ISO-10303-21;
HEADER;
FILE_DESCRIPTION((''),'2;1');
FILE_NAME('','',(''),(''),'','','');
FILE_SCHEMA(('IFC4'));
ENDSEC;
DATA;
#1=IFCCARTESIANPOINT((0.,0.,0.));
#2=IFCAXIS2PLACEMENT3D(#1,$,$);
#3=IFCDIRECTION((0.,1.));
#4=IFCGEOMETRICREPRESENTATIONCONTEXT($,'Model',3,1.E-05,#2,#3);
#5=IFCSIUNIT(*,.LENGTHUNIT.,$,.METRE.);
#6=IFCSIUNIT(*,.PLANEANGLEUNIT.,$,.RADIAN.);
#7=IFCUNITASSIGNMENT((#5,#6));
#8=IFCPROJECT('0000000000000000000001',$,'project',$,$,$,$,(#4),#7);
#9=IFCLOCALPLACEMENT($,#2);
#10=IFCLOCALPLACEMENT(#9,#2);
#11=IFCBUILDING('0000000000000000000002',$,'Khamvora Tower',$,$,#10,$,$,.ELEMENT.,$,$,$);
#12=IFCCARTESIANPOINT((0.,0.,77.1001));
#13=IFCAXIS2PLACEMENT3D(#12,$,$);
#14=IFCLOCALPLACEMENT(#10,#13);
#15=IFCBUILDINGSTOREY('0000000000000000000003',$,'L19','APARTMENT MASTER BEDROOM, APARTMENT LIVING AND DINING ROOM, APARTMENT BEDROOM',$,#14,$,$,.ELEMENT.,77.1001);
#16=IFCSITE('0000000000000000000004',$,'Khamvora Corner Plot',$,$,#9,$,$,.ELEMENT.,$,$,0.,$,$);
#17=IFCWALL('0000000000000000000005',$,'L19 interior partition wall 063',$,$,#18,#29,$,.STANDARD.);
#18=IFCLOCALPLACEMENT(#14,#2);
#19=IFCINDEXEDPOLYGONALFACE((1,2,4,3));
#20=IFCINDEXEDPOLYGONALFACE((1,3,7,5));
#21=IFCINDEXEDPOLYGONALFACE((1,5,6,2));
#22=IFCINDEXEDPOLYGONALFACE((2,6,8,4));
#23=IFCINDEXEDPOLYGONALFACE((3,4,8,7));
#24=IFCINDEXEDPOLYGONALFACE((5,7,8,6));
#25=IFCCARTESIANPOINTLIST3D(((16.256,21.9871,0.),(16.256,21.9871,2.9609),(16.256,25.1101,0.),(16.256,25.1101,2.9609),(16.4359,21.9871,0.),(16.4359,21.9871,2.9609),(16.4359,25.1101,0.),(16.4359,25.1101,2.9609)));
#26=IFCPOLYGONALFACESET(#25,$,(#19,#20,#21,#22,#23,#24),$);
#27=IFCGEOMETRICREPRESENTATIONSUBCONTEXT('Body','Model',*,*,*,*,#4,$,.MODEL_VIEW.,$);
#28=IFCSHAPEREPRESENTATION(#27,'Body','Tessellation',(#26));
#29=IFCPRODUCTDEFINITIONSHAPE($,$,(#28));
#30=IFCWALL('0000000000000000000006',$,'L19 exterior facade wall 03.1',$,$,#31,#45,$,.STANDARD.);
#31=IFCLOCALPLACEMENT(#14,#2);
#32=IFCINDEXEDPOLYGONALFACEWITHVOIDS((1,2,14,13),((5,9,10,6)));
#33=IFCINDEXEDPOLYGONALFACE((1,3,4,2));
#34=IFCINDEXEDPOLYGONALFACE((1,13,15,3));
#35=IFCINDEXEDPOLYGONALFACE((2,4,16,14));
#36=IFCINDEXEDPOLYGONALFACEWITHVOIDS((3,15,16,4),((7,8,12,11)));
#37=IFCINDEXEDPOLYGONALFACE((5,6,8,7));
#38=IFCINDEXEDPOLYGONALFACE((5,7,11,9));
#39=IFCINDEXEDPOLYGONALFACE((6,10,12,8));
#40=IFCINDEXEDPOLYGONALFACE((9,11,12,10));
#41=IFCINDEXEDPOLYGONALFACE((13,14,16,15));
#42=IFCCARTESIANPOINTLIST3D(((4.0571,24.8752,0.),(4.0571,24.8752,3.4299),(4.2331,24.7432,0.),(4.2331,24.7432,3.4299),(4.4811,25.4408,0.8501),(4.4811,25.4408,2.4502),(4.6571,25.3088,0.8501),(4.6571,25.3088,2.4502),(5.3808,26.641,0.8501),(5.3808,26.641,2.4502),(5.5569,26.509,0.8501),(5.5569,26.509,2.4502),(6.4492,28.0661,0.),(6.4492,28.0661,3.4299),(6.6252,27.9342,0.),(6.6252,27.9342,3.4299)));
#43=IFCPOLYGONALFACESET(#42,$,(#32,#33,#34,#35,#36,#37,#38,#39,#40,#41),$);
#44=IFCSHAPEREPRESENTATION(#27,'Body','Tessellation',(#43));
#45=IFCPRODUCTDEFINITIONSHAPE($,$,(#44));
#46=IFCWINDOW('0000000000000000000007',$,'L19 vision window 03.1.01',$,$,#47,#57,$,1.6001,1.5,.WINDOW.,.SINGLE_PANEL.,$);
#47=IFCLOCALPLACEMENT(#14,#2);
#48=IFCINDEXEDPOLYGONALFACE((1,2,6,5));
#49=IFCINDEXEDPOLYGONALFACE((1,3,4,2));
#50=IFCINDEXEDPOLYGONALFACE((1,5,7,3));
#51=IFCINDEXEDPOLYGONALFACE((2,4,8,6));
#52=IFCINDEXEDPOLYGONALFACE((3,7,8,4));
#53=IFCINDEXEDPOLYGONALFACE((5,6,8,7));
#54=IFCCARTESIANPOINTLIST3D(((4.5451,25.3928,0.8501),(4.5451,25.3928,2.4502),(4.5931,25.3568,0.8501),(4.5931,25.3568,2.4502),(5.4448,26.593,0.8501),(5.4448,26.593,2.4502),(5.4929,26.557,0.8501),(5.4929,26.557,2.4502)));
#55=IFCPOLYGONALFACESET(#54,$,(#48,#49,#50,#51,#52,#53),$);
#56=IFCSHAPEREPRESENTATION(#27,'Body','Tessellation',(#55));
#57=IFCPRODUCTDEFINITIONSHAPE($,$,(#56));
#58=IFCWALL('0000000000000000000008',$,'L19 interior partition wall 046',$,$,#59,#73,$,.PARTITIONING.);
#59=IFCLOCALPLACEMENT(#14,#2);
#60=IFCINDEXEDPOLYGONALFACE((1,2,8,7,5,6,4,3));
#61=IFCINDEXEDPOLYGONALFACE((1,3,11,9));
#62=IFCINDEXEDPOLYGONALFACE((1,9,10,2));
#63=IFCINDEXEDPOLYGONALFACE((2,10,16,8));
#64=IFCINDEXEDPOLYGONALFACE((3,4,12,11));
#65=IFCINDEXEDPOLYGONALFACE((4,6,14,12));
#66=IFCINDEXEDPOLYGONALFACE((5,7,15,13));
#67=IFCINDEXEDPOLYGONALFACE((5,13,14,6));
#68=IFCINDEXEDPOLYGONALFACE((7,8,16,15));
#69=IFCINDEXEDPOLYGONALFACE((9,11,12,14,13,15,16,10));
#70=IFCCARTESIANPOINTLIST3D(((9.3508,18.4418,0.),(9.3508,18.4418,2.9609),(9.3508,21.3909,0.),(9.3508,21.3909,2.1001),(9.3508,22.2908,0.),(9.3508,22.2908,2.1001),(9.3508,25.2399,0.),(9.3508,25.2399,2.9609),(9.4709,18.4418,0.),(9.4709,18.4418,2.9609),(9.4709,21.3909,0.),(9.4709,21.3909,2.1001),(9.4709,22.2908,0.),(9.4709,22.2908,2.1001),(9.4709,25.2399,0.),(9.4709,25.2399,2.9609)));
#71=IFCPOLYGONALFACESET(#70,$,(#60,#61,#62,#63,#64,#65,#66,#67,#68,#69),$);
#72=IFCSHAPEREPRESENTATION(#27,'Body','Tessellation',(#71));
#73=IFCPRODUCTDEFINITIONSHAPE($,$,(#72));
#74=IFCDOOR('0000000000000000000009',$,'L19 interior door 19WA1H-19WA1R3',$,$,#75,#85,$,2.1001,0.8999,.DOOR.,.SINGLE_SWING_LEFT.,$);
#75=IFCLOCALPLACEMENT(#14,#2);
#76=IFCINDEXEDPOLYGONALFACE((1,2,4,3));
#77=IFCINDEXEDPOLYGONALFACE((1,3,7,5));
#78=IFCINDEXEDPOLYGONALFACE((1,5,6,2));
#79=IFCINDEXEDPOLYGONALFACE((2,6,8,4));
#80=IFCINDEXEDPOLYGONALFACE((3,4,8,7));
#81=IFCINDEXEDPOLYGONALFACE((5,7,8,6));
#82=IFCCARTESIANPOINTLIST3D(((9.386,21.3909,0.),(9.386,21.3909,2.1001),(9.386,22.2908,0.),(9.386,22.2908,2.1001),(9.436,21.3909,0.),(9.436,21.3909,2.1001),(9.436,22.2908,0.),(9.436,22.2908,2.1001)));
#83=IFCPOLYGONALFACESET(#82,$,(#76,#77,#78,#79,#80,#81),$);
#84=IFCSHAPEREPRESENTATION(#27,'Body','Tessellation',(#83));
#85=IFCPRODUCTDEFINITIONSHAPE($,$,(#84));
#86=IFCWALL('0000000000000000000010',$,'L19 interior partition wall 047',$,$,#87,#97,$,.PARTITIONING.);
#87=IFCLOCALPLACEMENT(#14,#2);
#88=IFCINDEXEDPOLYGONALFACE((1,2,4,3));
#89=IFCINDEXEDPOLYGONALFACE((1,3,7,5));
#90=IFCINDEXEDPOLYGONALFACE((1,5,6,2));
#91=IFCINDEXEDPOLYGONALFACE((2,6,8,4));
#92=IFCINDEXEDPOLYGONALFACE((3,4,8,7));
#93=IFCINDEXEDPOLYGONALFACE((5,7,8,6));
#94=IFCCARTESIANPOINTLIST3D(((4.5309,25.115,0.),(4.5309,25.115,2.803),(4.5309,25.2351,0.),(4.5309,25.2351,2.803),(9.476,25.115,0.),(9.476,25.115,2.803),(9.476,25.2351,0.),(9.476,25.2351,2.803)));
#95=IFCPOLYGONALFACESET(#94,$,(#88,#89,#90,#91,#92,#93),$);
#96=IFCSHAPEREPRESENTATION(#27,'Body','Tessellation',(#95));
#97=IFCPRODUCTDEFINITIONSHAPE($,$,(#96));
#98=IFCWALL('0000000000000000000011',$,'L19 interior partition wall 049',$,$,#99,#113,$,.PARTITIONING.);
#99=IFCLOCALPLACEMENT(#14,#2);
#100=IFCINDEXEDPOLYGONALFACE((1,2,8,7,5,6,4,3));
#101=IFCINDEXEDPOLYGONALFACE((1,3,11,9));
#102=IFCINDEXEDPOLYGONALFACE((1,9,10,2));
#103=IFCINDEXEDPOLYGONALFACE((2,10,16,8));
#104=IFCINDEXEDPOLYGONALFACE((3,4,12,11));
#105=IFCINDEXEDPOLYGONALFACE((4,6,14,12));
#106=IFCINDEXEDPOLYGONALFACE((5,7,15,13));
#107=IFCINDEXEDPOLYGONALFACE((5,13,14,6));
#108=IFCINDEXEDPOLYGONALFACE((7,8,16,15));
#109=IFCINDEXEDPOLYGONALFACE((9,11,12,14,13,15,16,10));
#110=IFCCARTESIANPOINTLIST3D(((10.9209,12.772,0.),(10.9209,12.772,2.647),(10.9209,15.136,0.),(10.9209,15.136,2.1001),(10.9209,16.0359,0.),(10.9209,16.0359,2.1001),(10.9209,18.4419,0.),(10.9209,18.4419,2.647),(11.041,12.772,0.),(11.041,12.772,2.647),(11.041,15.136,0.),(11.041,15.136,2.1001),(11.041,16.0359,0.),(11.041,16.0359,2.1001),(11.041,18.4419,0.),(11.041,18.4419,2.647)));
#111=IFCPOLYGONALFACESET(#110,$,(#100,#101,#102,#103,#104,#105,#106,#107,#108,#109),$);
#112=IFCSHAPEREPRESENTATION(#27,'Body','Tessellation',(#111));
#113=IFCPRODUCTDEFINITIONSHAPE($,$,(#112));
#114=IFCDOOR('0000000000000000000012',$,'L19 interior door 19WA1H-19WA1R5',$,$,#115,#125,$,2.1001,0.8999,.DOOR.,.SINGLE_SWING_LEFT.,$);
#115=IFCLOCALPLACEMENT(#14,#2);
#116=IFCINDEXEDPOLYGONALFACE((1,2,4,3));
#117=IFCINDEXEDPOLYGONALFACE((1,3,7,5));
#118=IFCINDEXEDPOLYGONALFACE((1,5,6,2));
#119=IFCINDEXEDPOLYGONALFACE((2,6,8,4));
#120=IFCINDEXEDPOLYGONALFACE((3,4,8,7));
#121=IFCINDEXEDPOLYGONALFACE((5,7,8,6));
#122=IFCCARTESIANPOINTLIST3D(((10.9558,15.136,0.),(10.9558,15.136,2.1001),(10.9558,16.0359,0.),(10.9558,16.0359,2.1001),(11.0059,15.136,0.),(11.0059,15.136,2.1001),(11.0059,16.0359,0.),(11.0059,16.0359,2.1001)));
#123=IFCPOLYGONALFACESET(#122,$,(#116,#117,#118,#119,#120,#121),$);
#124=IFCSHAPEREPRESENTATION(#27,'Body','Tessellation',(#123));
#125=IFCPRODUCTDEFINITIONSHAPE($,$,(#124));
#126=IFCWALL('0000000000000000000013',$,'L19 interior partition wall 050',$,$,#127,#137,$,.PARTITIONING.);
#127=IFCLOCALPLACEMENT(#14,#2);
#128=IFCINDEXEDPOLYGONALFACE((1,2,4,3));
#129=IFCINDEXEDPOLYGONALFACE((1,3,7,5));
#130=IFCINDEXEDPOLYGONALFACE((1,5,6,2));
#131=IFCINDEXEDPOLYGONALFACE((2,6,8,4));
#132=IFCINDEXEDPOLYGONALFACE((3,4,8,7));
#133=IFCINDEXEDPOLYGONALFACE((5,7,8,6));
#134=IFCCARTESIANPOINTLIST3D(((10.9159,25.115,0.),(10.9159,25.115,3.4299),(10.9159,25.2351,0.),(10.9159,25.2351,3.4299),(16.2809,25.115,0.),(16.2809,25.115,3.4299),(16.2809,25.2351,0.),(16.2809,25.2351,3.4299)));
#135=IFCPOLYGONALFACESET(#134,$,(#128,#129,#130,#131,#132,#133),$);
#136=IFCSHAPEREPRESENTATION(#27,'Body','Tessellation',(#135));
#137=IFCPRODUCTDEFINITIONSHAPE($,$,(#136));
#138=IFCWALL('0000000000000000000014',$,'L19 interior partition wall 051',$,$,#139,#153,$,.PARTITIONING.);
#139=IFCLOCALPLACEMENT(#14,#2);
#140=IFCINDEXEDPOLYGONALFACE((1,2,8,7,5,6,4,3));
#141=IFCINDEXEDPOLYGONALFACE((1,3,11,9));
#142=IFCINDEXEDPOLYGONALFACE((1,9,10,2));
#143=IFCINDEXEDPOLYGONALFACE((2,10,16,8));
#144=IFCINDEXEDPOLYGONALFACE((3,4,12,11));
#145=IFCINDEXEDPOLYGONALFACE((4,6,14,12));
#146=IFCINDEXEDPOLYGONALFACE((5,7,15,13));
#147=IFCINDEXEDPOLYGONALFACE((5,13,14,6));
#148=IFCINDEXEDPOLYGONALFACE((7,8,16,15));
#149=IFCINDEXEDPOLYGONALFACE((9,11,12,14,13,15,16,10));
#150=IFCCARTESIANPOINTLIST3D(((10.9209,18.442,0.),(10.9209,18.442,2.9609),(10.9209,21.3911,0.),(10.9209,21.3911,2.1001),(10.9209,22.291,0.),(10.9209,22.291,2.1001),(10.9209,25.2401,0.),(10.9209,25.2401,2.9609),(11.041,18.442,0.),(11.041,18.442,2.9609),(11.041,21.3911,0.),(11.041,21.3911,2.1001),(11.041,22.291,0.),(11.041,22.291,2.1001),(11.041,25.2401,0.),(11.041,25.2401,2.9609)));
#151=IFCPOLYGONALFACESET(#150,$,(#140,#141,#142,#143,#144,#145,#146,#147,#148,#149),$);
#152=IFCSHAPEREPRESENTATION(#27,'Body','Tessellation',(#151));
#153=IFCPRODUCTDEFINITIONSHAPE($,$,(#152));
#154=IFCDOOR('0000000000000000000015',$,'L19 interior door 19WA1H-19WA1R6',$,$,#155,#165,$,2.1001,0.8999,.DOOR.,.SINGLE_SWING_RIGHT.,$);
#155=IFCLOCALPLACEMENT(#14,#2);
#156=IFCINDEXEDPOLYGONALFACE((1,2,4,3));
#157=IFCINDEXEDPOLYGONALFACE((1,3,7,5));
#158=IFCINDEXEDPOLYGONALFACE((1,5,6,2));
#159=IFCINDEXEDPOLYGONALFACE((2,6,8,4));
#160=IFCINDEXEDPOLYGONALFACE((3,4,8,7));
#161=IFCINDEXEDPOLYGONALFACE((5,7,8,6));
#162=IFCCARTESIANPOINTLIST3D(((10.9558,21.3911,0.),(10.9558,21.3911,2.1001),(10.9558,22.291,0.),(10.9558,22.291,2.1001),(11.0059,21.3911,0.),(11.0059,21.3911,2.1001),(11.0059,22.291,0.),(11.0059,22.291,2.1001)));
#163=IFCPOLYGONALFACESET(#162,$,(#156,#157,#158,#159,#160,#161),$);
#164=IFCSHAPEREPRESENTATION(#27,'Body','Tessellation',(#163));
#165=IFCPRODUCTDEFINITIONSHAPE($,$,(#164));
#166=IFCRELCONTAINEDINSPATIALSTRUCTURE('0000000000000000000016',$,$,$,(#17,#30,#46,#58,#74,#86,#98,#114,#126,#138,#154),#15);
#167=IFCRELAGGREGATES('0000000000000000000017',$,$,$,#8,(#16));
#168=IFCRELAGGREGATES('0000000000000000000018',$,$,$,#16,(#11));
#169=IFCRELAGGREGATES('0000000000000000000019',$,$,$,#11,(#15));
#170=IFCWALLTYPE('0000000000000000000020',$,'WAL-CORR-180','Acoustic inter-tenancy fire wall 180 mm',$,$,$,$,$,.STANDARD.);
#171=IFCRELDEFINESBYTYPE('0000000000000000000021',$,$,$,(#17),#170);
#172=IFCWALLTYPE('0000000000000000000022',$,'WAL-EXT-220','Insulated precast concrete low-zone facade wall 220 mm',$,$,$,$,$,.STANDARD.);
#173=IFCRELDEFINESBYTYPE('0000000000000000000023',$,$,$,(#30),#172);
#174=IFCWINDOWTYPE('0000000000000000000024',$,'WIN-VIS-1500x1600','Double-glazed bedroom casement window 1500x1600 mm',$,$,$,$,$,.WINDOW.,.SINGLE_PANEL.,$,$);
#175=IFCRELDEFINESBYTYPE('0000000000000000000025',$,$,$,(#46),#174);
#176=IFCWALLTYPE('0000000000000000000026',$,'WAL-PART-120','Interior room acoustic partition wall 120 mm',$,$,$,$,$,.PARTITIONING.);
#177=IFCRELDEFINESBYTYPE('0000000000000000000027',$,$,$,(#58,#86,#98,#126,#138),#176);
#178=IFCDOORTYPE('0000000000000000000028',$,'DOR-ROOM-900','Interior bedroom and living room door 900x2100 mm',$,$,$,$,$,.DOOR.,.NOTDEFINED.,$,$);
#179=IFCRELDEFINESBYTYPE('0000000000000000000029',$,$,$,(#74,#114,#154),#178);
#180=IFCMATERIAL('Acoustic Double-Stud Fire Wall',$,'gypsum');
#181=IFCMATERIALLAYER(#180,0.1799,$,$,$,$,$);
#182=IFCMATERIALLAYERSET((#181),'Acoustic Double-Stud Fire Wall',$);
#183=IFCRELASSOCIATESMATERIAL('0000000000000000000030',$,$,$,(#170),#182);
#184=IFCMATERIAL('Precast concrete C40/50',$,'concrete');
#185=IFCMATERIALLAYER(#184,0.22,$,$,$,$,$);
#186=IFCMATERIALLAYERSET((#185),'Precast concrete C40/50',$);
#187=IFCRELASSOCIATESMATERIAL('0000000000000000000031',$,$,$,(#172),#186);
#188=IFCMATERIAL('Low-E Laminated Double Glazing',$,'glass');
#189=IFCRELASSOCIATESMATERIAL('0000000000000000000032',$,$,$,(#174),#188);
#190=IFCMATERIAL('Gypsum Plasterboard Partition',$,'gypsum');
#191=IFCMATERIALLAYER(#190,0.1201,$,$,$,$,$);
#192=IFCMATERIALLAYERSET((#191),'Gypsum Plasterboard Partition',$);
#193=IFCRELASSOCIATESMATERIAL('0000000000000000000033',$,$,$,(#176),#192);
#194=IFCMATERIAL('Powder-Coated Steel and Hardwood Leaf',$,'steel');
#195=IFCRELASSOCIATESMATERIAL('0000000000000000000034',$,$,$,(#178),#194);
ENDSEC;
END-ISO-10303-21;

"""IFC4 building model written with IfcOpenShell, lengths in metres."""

from ifc_helpers import new_model, si_unit, direction, frame, frame_2d, origin, place, context, subcontext, project, spatial, rectangle, extrude, material, layer, layer_set, type_object, element, fill, save


model = new_model("IFC4")

# Units and contexts
model_context = context("Model", 3, precision=1e-05, world=origin(), true_north=direction((0.0, 1.0)))
body_context = subcontext(model_context, "Body", "Model", "MODEL_VIEW")
ifc_project = project(units=[si_unit("LENGTHUNIT", "METRE"), si_unit("PLANEANGLEUNIT", "RADIAN")], contexts=[model_context])

# Site, building, storey
site_placement = place(None, origin())
site = spatial("IfcSite", under=ifc_project, at=site_placement, Name="Khamvora Corner Plot", CompositionType="ELEMENT", RefElevation=0.0)
building_placement = place(site_placement, origin())
building = spatial("IfcBuilding", under=site, at=building_placement, Name="Khamvora Tower", CompositionType="ELEMENT")
storey_placement = place(building_placement, frame((0.0, 0.0, 77.1001)))
storey = spatial("IfcBuildingStorey", under=building, at=storey_placement, Name="L19", Description="APARTMENT MASTER BEDROOM, APARTMENT LIVING AND DINING ROOM, APARTMENT BEDROOM", CompositionType="ELEMENT", Elevation=77.1001)

# Wall
ifc_material_1 = material(Name="Acoustic Double-Stud Fire Wall", Category="gypsum")
ifc_layer_1 = layer(ifc_material_1, 0.1799)
ifc_layer_set_1 = layer_set([ifc_layer_1], Name="Acoustic Double-Stud Fire Wall")
wall_type_1 = type_object("IfcWallType", Name="WAL-CORR-180", Description="Acoustic inter-tenancy fire wall 180 mm", PredefinedType="STANDARD", material=ifc_layer_set_1)
wall_1_placement = place(storey_placement, frame((16.3459, 25.1101, 0.0), z_axis=(0.0, 0.0, 1.0), x_axis=(0.0, -1.0, 0.0)))
element("IfcWall", 1, at=wall_1_placement, inside=storey, type_object=wall_type_1, Name="L19 interior partition wall 063", PredefinedType="STANDARD", context=body_context, shape_type="SweptSolid", body=[
    extrude(rectangle(XDim=3.123, YDim=0.1799, at=frame_2d((1.5615, 0.0))), origin(), (0.0, 0.0, 1.0), 2.9609),
])

# Wall, opening, window
ifc_material_2 = material(Name="Precast concrete C40/50", Category="concrete")
ifc_layer_2 = layer(ifc_material_2, 0.22)
ifc_layer_set_2 = layer_set([ifc_layer_2], Name="Precast concrete C40/50")
wall_type_2 = type_object("IfcWallType", Name="WAL-EXT-220", Description="Insulated precast concrete low-zone facade wall 220 mm", PredefinedType="STANDARD", material=ifc_layer_set_2)
wall_2_placement = place(storey_placement, frame((4.145, 24.8091, 0.0), z_axis=(0.0, 0.0, 1.0), x_axis=(0.599824, 0.800132, 0.0)))
wall_2 = element("IfcWall", 2, at=wall_2_placement, inside=storey, type_object=wall_type_2, Name="L19 exterior facade wall 03.1", PredefinedType="STANDARD", context=body_context, shape_type="SweptSolid", body=[
    extrude(rectangle(XDim=3.988, YDim=0.22, at=frame_2d((1.9941, 0.0))), origin(), (0.0, 0.0, 1.0), 3.4299),
])
opening_1_placement = place(wall_2_placement, frame((0.707, 0.0, 0.8501)))
opening_1 = element("IfcOpeningElement", 3, at=opening_1_placement, cuts=wall_2, PredefinedType="OPENING", context=body_context, shape_type="SweptSolid", body=[
    extrude(rectangle(XDim=1.5, YDim=1.6001, at=frame_2d((0.75, 0.8))), frame((0.0, 0.1199, 0.0), z_axis=(0.0, -1.0, 0.0), x_axis=(1.0, 0.0, 0.0)), (0.0, 0.0, 1.0), 0.24),
])
ifc_material_3 = material(Name="Low-E Laminated Double Glazing", Category="glass")
window_type = type_object("IfcWindowType", Name="WIN-VIS-1500x1600", Description="Double-glazed bedroom casement window 1500x1600 mm", PartitioningType="SINGLE_PANEL", PredefinedType="WINDOW", material=ifc_material_3)
window_placement = place(opening_1_placement, origin())
window = element("IfcWindow", 4, at=window_placement, inside=storey, type_object=window_type, Name="L19 vision window 03.1.01", OverallHeight=1.6001, OverallWidth=1.5, PartitioningType="SINGLE_PANEL", PredefinedType="WINDOW", context=body_context, shape_type="SweptSolid", body=[
    extrude(rectangle(XDim=1.5, YDim=1.6001, at=frame_2d((0.75, 0.8))), frame((0.0, 0.03, 0.0), z_axis=(0.0, -1.0, 0.0), x_axis=(1.0, 0.0, 0.0)), (0.0, 0.0, 1.0), 0.0601),
])
fill(opening_1, window)

# Wall, opening, door
ifc_material_4 = material(Name="Gypsum Plasterboard Partition", Category="gypsum")
ifc_layer_3 = layer(ifc_material_4, 0.1201)
ifc_layer_set_3 = layer_set([ifc_layer_3], Name="Gypsum Plasterboard Partition")
wall_type_3 = type_object("IfcWallType", Name="WAL-PART-120", Description="Interior room acoustic partition wall 120 mm", PredefinedType="PARTITIONING", material=ifc_layer_set_3)
wall_3_placement = place(storey_placement, frame((9.4109, 18.4419, 0.0), z_axis=(0.0, 0.0, 1.0), x_axis=(0.0, 1.0, 0.0)))
wall_3 = element("IfcWall", 5, at=wall_3_placement, inside=storey, type_object=wall_type_3, Name="L19 interior partition wall 046", PredefinedType="PARTITIONING", context=body_context, shape_type="SweptSolid", body=[
    extrude(rectangle(XDim=6.7981, YDim=0.1201, at=frame_2d((3.3989, 0.0))), origin(), (0.0, 0.0, 1.0), 2.9609),
])
opening_2_placement = place(wall_3_placement, frame((2.949, 0.0, 0.0)))
opening_2 = element("IfcOpeningElement", 6, at=opening_2_placement, cuts=wall_3, PredefinedType="OPENING", context=body_context, shape_type="SweptSolid", body=[
    extrude(rectangle(XDim=0.8999, YDim=2.1001, at=frame_2d((0.45, 1.05))), frame((0.0, 0.0701, 0.0), z_axis=(0.0, -1.0, 0.0), x_axis=(1.0, 0.0, 0.0)), (0.0, 0.0, 1.0), 0.1401),
])
ifc_material_5 = material(Name="Powder-Coated Steel and Hardwood Leaf", Category="steel")
door_type_1 = type_object("IfcDoorType", Name="DOR-ROOM-900", Description="Interior bedroom and living room door 900x2100 mm", OperationType="NOTDEFINED", PredefinedType="DOOR", material=ifc_material_5)
door_1_placement = place(opening_2_placement, origin())
door_1 = element("IfcDoor", 7, at=door_1_placement, inside=storey, type_object=door_type_1, Name="L19 interior door 19WA1H-19WA1R3", OperationType="SINGLE_SWING_LEFT", OverallHeight=2.1001, OverallWidth=0.8999, PredefinedType="DOOR", context=body_context, shape_type="SweptSolid", body=[
    extrude(rectangle(XDim=0.8999, YDim=2.1001, at=frame_2d((0.45, 1.05))), frame((0.0, 0.0249, 0.0), z_axis=(0.0, -1.0, 0.0), x_axis=(1.0, 0.0, 0.0)), (0.0, 0.0, 1.0), 0.05),
])
fill(opening_2, door_1)

# Wall
wall_4_placement = place(storey_placement, frame((9.4761, 25.175, 0.0), z_axis=(0.0, 0.0, 1.0), x_axis=(-1.0, 0.0, 0.0)))
element("IfcWall", 8, at=wall_4_placement, inside=storey, type_object=wall_type_3, Name="L19 interior partition wall 047", PredefinedType="PARTITIONING", context=body_context, shape_type="SweptSolid", body=[
    extrude(rectangle(XDim=4.9451, YDim=0.1201, at=frame_2d((2.4727, 0.0))), origin(), (0.0, 0.0, 1.0), 2.803),
])

# Wall, opening, door
wall_5_placement = place(storey_placement, frame((10.981, 18.4419, 0.0), z_axis=(0.0, 0.0, 1.0), x_axis=(0.0, -1.0, 0.0)))
wall_5 = element("IfcWall", 9, at=wall_5_placement, inside=storey, type_object=wall_type_3, Name="L19 interior partition wall 049", PredefinedType="PARTITIONING", context=body_context, shape_type="SweptSolid", body=[
    extrude(rectangle(XDim=5.6699, YDim=0.1201, at=frame_2d((2.835, 0.0))), origin(), (0.0, 0.0, 1.0), 2.647),
])
opening_3_placement = place(wall_5_placement, frame((2.406, 0.0, 0.0)))
opening_3 = element("IfcOpeningElement", 10, at=opening_3_placement, cuts=wall_5, PredefinedType="OPENING", context=body_context, shape_type="SweptSolid", body=[
    extrude(rectangle(XDim=0.8999, YDim=2.1001, at=frame_2d((0.45, 1.05))), frame((0.0, 0.0701, 0.0), z_axis=(0.0, -1.0, 0.0), x_axis=(1.0, 0.0, 0.0)), (0.0, 0.0, 1.0), 0.1401),
])
door_2_placement = place(opening_3_placement, origin())
door_2 = element("IfcDoor", 11, at=door_2_placement, inside=storey, type_object=door_type_1, Name="L19 interior door 19WA1H-19WA1R5", OperationType="SINGLE_SWING_LEFT", OverallHeight=2.1001, OverallWidth=0.8999, PredefinedType="DOOR", context=body_context, shape_type="SweptSolid", body=[
    extrude(rectangle(XDim=0.8999, YDim=2.1001, at=frame_2d((0.45, 1.05))), frame((0.0, 0.0249, 0.0), z_axis=(0.0, -1.0, 0.0), x_axis=(1.0, 0.0, 0.0)), (0.0, 0.0, 1.0), 0.05),
])
fill(opening_3, door_2)

# Wall
wall_6_placement = place(storey_placement, frame((16.281, 25.175, 0.0), z_axis=(0.0, 0.0, 1.0), x_axis=(-1.0, 0.0, 0.0)))
element("IfcWall", 12, at=wall_6_placement, inside=storey, type_object=wall_type_3, Name="L19 interior partition wall 050", PredefinedType="PARTITIONING", context=body_context, shape_type="SweptSolid", body=[
    extrude(rectangle(XDim=5.365, YDim=0.1201, at=frame_2d((2.6826, 0.0))), origin(), (0.0, 0.0, 1.0), 3.4299),
])

# Wall, opening, door
wall_7_placement = place(storey_placement, frame((10.981, 25.24, 0.0), z_axis=(0.0, 0.0, 1.0), x_axis=(0.0, -1.0, 0.0)))
wall_7 = element("IfcWall", 13, at=wall_7_placement, inside=storey, type_object=wall_type_3, Name="L19 interior partition wall 051", PredefinedType="PARTITIONING", context=body_context, shape_type="SweptSolid", body=[
    extrude(rectangle(XDim=6.7981, YDim=0.1201, at=frame_2d((3.3989, 0.0))), origin(), (0.0, 0.0, 1.0), 2.9609),
])
opening_4_placement = place(wall_7_placement, frame((2.949, 0.0, 0.0)))
opening_4 = element("IfcOpeningElement", 14, at=opening_4_placement, cuts=wall_7, PredefinedType="OPENING", context=body_context, shape_type="SweptSolid", body=[
    extrude(rectangle(XDim=0.8999, YDim=2.1001, at=frame_2d((0.45, 1.05))), frame((0.0, 0.0701, 0.0), z_axis=(0.0, -1.0, 0.0), x_axis=(1.0, 0.0, 0.0)), (0.0, 0.0, 1.0), 0.1401),
])
door_3_placement = place(opening_4_placement, origin())
door_3 = element("IfcDoor", 15, at=door_3_placement, inside=storey, type_object=door_type_1, Name="L19 interior door 19WA1H-19WA1R6", OperationType="SINGLE_SWING_RIGHT", OverallHeight=2.1001, OverallWidth=0.8999, PredefinedType="DOOR", context=body_context, shape_type="SweptSolid", body=[
    extrude(rectangle(XDim=0.8999, YDim=2.1001, at=frame_2d((0.45, 1.05))), frame((0.0, 0.0249, 0.0), z_axis=(0.0, -1.0, 0.0), x_axis=(1.0, 0.0, 0.0)), (0.0, 0.0, 1.0), 0.05),
])
fill(opening_4, door_3)

save(model, "model.ifc")
